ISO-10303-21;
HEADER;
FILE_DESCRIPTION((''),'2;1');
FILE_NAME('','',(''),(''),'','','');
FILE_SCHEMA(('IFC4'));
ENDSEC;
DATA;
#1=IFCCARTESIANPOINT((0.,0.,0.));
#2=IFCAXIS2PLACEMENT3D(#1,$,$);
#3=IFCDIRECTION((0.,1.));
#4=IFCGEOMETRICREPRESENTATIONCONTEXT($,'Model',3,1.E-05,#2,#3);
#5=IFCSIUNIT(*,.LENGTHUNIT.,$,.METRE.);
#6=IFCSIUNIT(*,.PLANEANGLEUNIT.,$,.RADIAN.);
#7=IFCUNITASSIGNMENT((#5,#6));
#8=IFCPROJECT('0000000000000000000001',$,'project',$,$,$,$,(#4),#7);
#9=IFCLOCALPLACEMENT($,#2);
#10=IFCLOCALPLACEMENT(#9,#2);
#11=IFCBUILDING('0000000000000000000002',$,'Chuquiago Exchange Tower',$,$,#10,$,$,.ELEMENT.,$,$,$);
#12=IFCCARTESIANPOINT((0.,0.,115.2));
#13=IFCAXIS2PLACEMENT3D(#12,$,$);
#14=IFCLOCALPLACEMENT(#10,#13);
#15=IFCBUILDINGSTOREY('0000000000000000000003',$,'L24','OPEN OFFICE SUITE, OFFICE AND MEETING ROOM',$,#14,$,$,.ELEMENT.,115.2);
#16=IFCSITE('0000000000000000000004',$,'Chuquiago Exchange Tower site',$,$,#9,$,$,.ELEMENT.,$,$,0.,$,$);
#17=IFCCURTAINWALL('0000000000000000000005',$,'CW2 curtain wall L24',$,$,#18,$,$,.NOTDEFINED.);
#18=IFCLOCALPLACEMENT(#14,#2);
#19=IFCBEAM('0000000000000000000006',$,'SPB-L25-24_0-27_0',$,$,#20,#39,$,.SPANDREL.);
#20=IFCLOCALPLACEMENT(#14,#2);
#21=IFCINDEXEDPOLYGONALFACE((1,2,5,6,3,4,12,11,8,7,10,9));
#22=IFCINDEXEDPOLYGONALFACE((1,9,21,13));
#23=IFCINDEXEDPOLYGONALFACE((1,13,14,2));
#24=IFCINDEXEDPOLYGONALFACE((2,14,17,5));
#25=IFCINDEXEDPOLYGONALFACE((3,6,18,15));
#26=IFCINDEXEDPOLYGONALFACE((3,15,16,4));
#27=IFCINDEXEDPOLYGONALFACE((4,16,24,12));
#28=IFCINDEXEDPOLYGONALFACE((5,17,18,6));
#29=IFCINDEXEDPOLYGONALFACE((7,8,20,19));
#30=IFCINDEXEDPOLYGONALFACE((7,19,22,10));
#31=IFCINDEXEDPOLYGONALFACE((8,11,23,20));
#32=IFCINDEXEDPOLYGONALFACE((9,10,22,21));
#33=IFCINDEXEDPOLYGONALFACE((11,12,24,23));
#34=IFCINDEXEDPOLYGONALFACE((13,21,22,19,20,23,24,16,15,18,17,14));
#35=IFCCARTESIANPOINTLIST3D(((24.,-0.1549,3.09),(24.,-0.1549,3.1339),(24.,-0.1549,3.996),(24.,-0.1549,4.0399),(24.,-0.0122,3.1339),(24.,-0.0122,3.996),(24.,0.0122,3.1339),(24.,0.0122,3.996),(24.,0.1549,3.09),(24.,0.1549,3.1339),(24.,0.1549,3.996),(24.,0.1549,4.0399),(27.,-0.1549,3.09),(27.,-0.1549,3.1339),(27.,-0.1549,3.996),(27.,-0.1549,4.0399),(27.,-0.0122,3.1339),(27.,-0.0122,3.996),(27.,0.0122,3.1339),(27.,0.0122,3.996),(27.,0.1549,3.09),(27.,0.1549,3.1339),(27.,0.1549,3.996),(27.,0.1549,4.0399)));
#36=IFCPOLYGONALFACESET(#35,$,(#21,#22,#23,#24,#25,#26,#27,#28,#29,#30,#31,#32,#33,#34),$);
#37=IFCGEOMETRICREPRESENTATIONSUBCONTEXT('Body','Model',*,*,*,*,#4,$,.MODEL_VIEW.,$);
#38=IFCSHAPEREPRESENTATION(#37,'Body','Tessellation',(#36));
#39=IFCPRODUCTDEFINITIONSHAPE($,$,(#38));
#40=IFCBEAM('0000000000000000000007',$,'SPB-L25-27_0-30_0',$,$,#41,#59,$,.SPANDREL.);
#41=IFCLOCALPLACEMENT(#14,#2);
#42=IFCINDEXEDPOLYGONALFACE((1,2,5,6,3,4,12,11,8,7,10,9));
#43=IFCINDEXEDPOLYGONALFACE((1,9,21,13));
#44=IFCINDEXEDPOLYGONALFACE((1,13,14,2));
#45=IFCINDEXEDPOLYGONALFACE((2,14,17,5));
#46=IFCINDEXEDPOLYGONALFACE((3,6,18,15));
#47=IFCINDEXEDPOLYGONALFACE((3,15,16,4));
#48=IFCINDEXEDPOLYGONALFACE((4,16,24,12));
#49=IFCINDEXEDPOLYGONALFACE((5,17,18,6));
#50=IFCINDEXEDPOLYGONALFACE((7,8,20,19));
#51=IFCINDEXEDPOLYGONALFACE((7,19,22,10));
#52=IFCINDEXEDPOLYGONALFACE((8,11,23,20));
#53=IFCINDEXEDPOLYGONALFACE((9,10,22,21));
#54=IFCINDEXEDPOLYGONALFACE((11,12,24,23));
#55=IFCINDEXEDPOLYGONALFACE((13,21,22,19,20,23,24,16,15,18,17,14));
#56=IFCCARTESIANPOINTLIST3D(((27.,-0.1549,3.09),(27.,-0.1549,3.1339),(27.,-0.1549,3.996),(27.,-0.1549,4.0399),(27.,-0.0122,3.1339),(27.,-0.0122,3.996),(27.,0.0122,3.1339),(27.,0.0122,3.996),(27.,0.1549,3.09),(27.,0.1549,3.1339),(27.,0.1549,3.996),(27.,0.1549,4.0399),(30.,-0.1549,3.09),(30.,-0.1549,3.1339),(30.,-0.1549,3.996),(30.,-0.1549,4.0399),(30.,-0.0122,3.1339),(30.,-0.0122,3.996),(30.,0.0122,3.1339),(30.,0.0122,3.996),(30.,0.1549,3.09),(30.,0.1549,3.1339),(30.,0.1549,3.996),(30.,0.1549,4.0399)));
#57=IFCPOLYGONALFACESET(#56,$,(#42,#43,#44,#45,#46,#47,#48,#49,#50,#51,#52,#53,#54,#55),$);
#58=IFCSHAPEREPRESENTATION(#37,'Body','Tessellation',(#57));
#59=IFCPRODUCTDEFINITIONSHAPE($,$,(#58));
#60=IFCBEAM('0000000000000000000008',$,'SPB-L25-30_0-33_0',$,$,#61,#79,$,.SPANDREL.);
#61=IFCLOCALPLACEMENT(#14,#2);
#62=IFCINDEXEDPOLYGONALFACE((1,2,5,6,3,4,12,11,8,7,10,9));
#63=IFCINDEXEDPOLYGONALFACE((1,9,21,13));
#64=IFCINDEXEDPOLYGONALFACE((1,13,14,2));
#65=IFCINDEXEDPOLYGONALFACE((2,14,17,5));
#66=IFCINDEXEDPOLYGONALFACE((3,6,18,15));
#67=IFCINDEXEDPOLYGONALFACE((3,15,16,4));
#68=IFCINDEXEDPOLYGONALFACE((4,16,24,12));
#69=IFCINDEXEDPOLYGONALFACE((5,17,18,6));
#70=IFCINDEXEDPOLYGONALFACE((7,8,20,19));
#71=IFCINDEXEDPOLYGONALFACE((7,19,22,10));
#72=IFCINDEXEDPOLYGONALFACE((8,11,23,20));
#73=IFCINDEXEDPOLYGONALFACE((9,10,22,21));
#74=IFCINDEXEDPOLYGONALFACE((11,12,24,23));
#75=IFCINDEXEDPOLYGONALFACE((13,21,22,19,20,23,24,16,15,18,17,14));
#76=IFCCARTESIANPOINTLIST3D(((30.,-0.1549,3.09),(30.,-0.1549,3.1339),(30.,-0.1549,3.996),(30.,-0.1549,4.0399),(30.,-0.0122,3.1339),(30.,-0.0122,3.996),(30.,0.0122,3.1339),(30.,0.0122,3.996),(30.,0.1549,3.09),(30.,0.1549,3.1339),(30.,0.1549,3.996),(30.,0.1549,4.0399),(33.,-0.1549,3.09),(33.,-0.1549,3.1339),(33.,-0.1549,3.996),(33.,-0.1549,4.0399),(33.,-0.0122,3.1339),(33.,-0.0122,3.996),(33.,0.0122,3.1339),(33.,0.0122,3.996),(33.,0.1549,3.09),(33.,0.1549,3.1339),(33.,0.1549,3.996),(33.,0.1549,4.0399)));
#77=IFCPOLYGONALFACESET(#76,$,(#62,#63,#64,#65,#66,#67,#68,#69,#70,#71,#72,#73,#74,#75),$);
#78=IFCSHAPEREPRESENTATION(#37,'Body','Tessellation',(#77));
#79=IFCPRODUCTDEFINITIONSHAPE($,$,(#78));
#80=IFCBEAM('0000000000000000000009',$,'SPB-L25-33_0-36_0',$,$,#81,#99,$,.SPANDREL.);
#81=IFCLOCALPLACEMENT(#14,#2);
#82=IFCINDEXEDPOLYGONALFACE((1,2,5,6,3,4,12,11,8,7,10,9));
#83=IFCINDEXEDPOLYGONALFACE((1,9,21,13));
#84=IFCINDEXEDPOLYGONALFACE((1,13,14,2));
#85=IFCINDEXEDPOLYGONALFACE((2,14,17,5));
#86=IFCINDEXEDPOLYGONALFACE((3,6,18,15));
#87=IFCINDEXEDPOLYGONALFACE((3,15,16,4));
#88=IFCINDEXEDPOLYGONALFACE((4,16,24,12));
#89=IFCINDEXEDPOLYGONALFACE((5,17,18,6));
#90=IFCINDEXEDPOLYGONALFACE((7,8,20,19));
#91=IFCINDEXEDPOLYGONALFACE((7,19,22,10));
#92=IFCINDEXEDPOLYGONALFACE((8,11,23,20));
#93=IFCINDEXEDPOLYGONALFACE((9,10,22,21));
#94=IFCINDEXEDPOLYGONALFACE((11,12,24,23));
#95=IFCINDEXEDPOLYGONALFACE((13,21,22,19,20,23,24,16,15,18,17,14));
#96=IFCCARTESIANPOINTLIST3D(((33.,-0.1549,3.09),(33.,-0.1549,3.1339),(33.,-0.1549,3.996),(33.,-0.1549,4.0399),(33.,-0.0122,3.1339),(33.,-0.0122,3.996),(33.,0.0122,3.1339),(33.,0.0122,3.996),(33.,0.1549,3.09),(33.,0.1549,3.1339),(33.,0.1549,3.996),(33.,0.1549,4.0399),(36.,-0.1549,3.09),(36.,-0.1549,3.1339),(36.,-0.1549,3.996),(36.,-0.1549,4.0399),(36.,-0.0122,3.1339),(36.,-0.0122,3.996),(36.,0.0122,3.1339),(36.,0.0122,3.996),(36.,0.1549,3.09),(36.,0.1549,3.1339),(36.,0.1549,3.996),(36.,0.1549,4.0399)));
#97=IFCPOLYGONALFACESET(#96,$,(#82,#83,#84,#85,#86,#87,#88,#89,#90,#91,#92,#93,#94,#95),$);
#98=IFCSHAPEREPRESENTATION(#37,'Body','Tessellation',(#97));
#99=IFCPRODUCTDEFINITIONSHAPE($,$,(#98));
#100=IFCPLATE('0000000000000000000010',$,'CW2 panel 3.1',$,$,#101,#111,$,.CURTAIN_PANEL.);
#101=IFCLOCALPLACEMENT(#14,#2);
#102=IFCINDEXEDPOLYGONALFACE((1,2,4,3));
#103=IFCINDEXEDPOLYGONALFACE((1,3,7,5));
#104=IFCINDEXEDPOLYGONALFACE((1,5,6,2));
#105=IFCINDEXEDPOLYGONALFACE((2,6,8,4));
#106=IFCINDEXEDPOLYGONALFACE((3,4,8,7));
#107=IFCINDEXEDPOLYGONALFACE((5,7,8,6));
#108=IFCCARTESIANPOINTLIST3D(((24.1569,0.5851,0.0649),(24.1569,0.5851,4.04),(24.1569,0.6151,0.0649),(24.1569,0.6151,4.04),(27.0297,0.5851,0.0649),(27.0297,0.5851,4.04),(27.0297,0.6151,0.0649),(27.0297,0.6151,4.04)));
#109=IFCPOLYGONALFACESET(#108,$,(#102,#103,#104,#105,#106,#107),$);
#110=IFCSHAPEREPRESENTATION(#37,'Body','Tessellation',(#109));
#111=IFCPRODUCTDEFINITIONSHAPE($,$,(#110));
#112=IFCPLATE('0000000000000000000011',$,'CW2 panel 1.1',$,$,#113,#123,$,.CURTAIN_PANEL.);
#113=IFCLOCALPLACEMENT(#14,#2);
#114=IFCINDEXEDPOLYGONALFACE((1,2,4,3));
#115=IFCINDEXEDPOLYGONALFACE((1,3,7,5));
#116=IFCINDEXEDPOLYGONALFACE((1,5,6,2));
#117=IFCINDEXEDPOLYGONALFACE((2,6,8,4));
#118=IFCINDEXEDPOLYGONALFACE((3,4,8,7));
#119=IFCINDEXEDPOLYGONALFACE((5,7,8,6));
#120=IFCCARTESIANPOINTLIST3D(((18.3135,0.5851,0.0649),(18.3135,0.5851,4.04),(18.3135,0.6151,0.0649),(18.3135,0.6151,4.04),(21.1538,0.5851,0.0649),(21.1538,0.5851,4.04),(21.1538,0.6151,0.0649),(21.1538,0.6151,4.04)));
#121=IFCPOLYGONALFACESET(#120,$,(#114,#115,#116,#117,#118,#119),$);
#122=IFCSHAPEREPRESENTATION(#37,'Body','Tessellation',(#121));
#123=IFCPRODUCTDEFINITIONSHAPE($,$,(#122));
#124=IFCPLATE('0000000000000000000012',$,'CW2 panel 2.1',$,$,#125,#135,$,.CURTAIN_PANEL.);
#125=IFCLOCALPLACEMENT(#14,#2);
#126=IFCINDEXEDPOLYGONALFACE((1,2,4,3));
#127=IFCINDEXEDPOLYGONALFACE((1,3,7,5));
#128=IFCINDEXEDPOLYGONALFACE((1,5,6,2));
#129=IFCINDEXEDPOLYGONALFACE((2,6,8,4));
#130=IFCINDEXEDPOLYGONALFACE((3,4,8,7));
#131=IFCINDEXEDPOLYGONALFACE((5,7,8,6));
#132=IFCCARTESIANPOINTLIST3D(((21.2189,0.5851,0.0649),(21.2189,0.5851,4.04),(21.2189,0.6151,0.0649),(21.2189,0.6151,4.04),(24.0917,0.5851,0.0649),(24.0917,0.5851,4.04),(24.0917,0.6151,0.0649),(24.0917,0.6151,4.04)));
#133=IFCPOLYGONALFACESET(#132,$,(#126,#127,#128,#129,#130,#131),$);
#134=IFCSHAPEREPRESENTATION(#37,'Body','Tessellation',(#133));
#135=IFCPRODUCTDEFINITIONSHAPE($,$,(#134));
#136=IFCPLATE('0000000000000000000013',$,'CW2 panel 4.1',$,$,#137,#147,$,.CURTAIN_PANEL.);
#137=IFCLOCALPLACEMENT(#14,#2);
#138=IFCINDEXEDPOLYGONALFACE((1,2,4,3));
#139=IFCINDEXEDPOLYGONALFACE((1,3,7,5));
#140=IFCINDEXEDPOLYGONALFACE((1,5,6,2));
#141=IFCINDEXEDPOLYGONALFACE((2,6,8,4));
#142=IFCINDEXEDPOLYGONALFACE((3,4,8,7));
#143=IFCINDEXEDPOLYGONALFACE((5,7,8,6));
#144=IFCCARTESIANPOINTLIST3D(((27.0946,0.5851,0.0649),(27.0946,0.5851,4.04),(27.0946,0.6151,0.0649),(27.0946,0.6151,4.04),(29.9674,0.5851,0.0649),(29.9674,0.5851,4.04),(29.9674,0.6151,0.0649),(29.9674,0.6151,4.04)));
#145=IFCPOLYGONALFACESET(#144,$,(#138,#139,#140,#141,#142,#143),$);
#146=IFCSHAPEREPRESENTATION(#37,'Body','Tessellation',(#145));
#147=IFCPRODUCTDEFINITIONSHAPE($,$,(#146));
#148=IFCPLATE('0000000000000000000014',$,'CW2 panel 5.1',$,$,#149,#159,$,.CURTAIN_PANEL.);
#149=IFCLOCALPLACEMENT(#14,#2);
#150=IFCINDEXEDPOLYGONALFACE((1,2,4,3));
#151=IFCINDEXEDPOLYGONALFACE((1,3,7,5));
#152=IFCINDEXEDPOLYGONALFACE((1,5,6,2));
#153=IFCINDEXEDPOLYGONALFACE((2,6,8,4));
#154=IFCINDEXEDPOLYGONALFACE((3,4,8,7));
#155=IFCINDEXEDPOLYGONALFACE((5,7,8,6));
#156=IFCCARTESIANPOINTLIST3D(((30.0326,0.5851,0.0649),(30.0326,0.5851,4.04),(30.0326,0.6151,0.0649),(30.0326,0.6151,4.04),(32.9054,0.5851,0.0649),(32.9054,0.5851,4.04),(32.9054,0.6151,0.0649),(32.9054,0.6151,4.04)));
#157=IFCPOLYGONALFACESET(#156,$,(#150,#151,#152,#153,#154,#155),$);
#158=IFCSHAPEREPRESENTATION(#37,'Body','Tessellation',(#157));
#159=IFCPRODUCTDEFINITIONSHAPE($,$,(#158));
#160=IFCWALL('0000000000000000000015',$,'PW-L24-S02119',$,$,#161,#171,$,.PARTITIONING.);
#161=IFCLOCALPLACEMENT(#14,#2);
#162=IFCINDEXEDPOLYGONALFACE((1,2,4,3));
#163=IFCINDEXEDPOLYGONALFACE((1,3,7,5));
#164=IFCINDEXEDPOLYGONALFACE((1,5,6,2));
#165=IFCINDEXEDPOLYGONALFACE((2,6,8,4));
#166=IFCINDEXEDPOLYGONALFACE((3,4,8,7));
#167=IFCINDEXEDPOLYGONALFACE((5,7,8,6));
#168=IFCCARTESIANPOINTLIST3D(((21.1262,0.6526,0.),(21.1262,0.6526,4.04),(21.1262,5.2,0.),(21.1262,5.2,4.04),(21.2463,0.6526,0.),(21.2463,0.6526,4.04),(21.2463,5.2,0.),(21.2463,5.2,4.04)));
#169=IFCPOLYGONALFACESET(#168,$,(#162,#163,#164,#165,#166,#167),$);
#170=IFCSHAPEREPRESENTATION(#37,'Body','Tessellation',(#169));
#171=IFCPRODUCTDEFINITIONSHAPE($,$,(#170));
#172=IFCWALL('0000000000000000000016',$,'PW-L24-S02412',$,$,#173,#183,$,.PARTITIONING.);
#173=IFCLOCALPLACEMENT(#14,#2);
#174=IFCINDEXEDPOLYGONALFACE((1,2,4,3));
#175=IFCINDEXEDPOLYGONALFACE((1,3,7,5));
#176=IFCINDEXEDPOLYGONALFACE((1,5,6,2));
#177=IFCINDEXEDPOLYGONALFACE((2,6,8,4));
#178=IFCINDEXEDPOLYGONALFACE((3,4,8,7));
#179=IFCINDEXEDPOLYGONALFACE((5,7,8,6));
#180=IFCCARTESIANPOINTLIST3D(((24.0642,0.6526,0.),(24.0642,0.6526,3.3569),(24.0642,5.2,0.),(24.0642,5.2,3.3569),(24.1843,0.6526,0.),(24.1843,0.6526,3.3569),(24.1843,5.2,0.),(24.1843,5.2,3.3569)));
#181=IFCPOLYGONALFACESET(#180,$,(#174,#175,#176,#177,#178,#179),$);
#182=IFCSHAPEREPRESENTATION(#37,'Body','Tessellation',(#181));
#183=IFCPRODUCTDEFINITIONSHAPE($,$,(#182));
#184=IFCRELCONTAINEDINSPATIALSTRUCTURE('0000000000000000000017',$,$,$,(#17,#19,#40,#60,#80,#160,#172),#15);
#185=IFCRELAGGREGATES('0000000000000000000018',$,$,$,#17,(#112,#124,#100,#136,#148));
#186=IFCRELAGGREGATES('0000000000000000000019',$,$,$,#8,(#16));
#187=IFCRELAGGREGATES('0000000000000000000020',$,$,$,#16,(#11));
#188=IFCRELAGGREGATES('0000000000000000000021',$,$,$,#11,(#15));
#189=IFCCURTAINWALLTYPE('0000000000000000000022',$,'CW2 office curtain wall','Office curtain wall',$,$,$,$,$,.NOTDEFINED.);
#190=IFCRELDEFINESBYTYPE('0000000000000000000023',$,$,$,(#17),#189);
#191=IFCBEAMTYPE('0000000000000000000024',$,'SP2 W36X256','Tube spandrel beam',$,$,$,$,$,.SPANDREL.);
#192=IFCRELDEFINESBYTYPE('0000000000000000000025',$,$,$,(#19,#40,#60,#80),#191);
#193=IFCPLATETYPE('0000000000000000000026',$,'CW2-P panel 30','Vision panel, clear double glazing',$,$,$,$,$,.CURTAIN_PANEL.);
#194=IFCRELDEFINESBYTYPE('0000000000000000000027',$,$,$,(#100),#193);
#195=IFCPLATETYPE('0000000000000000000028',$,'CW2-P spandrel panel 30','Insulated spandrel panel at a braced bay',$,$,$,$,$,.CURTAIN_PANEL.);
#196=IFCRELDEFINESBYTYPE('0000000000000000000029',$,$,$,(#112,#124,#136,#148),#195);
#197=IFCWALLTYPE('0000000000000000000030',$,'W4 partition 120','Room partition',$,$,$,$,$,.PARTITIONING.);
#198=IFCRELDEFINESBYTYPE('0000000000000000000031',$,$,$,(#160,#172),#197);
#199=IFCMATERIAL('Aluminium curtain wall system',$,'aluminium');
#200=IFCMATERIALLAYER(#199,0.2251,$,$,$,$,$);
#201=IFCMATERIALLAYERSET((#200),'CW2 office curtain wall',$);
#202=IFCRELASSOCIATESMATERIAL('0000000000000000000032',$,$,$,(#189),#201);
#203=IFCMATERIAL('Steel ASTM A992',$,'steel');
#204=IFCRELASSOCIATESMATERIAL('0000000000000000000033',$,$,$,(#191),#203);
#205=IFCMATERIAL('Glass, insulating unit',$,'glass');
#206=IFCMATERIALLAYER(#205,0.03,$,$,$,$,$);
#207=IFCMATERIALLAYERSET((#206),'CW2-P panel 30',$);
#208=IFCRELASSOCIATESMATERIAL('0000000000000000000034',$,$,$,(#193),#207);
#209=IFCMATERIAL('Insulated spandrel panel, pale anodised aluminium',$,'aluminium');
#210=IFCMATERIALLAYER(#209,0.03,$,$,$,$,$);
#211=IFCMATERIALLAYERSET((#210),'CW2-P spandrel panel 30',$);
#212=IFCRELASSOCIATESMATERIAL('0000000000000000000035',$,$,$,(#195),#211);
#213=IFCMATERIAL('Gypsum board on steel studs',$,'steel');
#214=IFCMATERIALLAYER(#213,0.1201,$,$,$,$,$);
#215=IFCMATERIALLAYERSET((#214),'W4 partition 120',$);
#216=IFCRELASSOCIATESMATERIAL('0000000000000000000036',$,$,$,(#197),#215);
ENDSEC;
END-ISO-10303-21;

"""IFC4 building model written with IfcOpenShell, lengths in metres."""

from ifc_helpers import new_model, si_unit, direction, frame, frame_2d, origin, origin_2d, place, context, subcontext, project, spatial, rectangle, i_section, extrude, material, layer, layer_set, material_profile, profile_set, type_object, element, aggregate, save


model = new_model("IFC4")

# Units and contexts
model_context = context("Model", 3, precision=1e-05, world=origin(), true_north=direction((0.0, 1.0)))
body_context = subcontext(model_context, "Body", "Model", "MODEL_VIEW")
ifc_project = project(units=[si_unit("LENGTHUNIT", "METRE"), si_unit("PLANEANGLEUNIT", "RADIAN")], contexts=[model_context])

# Site, building, storey
site_placement = place(None, origin())
site = spatial("IfcSite", under=ifc_project, at=site_placement, Name="Chuquiago Exchange Tower site", CompositionType="ELEMENT", RefElevation=0.0)
building_placement = place(site_placement, origin())
building = spatial("IfcBuilding", under=site, at=building_placement, Name="Chuquiago Exchange Tower", CompositionType="ELEMENT")
storey_placement = place(building_placement, frame((0.0, 0.0, 115.2)))
storey = spatial("IfcBuildingStorey", under=building, at=storey_placement, Name="L24", Description="OPEN OFFICE SUITE, OFFICE AND MEETING ROOM", CompositionType="ELEMENT", Elevation=115.2)

# Curtain wall
ifc_material_1 = material(Name="Aluminium curtain wall system", Category="aluminium")
ifc_layer_1 = layer(ifc_material_1, 0.2251)
ifc_layer_set_1 = layer_set([ifc_layer_1], Name="CW2 office curtain wall")
curtain_wall_type_1 = type_object("IfcCurtainWallType", Name="CW2 office curtain wall", Description="Office curtain wall", PredefinedType="NOTDEFINED", material=ifc_layer_set_1)
curtain_wall_1_placement = place(storey_placement, origin())
curtain_wall_1 = element("IfcCurtainWall", 1, at=curtain_wall_1_placement, inside=storey, type_object=curtain_wall_type_1, Name="CW2 curtain wall L24", PredefinedType="NOTDEFINED")

# Beams
ifc_material_2 = material(Name="Steel ASTM A992", Category="steel")
ifc_material_profile_1 = material_profile(ifc_material_2, i_section(OverallWidth=0.3098, OverallDepth=0.95, WebThickness=0.0244, FlangeThickness=0.0439, at=origin_2d()), Name="W36X256")
ifc_profile_set_1 = profile_set([ifc_material_profile_1], Name="Steel ASTM A992")
beam_type = type_object("IfcBeamType", Name="SP2 W36X256", Description="Tube spandrel beam", PredefinedType="SPANDREL", material=ifc_profile_set_1)
for number, where, z_axis, x_axis, name in (
    (2, (24.0, 0.0, 3.5649), (1.0, 0.0, 0.0), (0.0, 1.0, 0.0), "SPB-L25-24_0-27_0"),
    (3, (27.0, 0.0, 3.5649), (1.0, 0.0, 0.0), (0.0, 1.0, 0.0), "SPB-L25-27_0-30_0"),
    (4, (30.0, 0.0, 3.5649), (1.0, 0.0, 0.0), (0.0, 1.0, 0.0), "SPB-L25-30_0-33_0"),
    (5, (33.0, 0.0, 3.5649), (1.0, 0.0, 0.0), (0.0, 1.0, 0.0), "SPB-L25-33_0-36_0"),
):
    element("IfcBeam", number, at=place(storey_placement, frame(where, z_axis=z_axis, x_axis=x_axis)), inside=storey, type_object=beam_type, Name=name, PredefinedType="SPANDREL", context=body_context, shape_type="SweptSolid", body=[
        extrude(i_section(OverallWidth=0.3098, OverallDepth=0.95, WebThickness=0.0244, FlangeThickness=0.0439, at=origin_2d()), origin(), (0.0, 0.0, 1.0), 3.0),
    ])

# Plates
ifc_material_3 = material(Name="Glass, insulating unit", Category="glass")
ifc_layer_2 = layer(ifc_material_3, 0.03)
ifc_layer_set_2 = layer_set([ifc_layer_2], Name="CW2-P panel 30")
plate_type_1 = type_object("IfcPlateType", Name="CW2-P panel 30", Description="Vision panel, clear double glazing", PredefinedType="CURTAIN_PANEL", material=ifc_layer_set_2)
plate_1_placement = place(storey_placement, frame((25.5933, 0.6001, 0.0649), z_axis=(0.0, 0.0, 1.0), x_axis=(1.0, 0.0, 0.0)))
plate_1 = element("IfcPlate", 6, at=plate_1_placement, type_object=plate_type_1, Name="CW2 panel 3.1", PredefinedType="CURTAIN_PANEL", context=body_context, shape_type="SweptSolid", body=[
    extrude(rectangle(XDim=2.8728, YDim=0.03, at=origin_2d()), origin(), (0.0, 0.0, 1.0), 3.9751),
])
ifc_material_4 = material(Name="Insulated spandrel panel, pale anodised aluminium", Category="aluminium")
ifc_layer_3 = layer(ifc_material_4, 0.03)
ifc_layer_set_3 = layer_set([ifc_layer_3], Name="CW2-P spandrel panel 30")
plate_type_2 = type_object("IfcPlateType", Name="CW2-P spandrel panel 30", Description="Insulated spandrel panel at a braced bay", PredefinedType="CURTAIN_PANEL", material=ifc_layer_set_3)
plate_2_placement = place(storey_placement, frame((19.7336, 0.6001, 0.0649), z_axis=(0.0, 0.0, 1.0), x_axis=(1.0, 0.0, 0.0)))
plate_2 = element("IfcPlate", 7, at=plate_2_placement, type_object=plate_type_2, Name="CW2 panel 1.1", PredefinedType="CURTAIN_PANEL", context=body_context, shape_type="SweptSolid", body=[
    extrude(rectangle(XDim=2.8403, YDim=0.03, at=origin_2d()), origin(), (0.0, 0.0, 1.0), 3.9751),
])
plate_3_placement = place(storey_placement, frame((22.6553, 0.6001, 0.0649), z_axis=(0.0, 0.0, 1.0), x_axis=(1.0, 0.0, 0.0)))
plate_3 = element("IfcPlate", 8, at=plate_3_placement, type_object=plate_type_2, Name="CW2 panel 2.1", PredefinedType="CURTAIN_PANEL", context=body_context, shape_type="SweptSolid", body=[
    extrude(rectangle(XDim=2.8728, YDim=0.03, at=origin_2d()), origin(), (0.0, 0.0, 1.0), 3.9751),
])
plate_4_placement = place(storey_placement, frame((28.531, 0.6001, 0.0649), z_axis=(0.0, 0.0, 1.0), x_axis=(1.0, 0.0, 0.0)))
plate_4 = element("IfcPlate", 9, at=plate_4_placement, type_object=plate_type_2, Name="CW2 panel 4.1", PredefinedType="CURTAIN_PANEL", context=body_context, shape_type="SweptSolid", body=[
    extrude(rectangle(XDim=2.8728, YDim=0.03, at=origin_2d()), origin(), (0.0, 0.0, 1.0), 3.9751),
])
plate_5_placement = place(storey_placement, frame((31.469, 0.6001, 0.0649), z_axis=(0.0, 0.0, 1.0), x_axis=(1.0, 0.0, 0.0)))
plate_5 = element("IfcPlate", 10, at=plate_5_placement, type_object=plate_type_2, Name="CW2 panel 5.1", PredefinedType="CURTAIN_PANEL", context=body_context, shape_type="SweptSolid", body=[
    extrude(rectangle(XDim=2.8728, YDim=0.03, at=origin_2d()), origin(), (0.0, 0.0, 1.0), 3.9751),
])
aggregate(curtain_wall_1, [plate_2, plate_3, plate_1, plate_4, plate_5])

# Walls
ifc_material_5 = material(Name="Gypsum board on steel studs", Category="steel")
ifc_layer_4 = layer(ifc_material_5, 0.1201)
ifc_layer_set_4 = layer_set([ifc_layer_4], Name="W4 partition 120")
wall_type = type_object("IfcWallType", Name="W4 partition 120", Description="Room partition", PredefinedType="PARTITIONING", material=ifc_layer_set_4)
wall_1_placement = place(storey_placement, frame((21.1863, 0.6526, 0.0), z_axis=(0.0, 0.0, 1.0), x_axis=(0.0, 1.0, 0.0)))
element("IfcWall", 11, at=wall_1_placement, inside=storey, type_object=wall_type, Name="PW-L24-S02119", PredefinedType="PARTITIONING", context=body_context, shape_type="SweptSolid", body=[
    extrude(rectangle(XDim=4.5474, YDim=0.1201, at=frame_2d((2.2737, 0.0))), origin(), (0.0, 0.0, 1.0), 4.04),
])
wall_2_placement = place(storey_placement, frame((24.1243, 0.6526, 0.0), z_axis=(0.0, 0.0, 1.0), x_axis=(0.0, 1.0, 0.0)))
element("IfcWall", 12, at=wall_2_placement, inside=storey, type_object=wall_type, Name="PW-L24-S02412", PredefinedType="PARTITIONING", context=body_context, shape_type="SweptSolid", body=[
    extrude(rectangle(XDim=4.5474, YDim=0.1201, at=frame_2d((2.2737, 0.0))), origin(), (0.0, 0.0, 1.0), 3.3569),
])

save(model, "model.ifc")
